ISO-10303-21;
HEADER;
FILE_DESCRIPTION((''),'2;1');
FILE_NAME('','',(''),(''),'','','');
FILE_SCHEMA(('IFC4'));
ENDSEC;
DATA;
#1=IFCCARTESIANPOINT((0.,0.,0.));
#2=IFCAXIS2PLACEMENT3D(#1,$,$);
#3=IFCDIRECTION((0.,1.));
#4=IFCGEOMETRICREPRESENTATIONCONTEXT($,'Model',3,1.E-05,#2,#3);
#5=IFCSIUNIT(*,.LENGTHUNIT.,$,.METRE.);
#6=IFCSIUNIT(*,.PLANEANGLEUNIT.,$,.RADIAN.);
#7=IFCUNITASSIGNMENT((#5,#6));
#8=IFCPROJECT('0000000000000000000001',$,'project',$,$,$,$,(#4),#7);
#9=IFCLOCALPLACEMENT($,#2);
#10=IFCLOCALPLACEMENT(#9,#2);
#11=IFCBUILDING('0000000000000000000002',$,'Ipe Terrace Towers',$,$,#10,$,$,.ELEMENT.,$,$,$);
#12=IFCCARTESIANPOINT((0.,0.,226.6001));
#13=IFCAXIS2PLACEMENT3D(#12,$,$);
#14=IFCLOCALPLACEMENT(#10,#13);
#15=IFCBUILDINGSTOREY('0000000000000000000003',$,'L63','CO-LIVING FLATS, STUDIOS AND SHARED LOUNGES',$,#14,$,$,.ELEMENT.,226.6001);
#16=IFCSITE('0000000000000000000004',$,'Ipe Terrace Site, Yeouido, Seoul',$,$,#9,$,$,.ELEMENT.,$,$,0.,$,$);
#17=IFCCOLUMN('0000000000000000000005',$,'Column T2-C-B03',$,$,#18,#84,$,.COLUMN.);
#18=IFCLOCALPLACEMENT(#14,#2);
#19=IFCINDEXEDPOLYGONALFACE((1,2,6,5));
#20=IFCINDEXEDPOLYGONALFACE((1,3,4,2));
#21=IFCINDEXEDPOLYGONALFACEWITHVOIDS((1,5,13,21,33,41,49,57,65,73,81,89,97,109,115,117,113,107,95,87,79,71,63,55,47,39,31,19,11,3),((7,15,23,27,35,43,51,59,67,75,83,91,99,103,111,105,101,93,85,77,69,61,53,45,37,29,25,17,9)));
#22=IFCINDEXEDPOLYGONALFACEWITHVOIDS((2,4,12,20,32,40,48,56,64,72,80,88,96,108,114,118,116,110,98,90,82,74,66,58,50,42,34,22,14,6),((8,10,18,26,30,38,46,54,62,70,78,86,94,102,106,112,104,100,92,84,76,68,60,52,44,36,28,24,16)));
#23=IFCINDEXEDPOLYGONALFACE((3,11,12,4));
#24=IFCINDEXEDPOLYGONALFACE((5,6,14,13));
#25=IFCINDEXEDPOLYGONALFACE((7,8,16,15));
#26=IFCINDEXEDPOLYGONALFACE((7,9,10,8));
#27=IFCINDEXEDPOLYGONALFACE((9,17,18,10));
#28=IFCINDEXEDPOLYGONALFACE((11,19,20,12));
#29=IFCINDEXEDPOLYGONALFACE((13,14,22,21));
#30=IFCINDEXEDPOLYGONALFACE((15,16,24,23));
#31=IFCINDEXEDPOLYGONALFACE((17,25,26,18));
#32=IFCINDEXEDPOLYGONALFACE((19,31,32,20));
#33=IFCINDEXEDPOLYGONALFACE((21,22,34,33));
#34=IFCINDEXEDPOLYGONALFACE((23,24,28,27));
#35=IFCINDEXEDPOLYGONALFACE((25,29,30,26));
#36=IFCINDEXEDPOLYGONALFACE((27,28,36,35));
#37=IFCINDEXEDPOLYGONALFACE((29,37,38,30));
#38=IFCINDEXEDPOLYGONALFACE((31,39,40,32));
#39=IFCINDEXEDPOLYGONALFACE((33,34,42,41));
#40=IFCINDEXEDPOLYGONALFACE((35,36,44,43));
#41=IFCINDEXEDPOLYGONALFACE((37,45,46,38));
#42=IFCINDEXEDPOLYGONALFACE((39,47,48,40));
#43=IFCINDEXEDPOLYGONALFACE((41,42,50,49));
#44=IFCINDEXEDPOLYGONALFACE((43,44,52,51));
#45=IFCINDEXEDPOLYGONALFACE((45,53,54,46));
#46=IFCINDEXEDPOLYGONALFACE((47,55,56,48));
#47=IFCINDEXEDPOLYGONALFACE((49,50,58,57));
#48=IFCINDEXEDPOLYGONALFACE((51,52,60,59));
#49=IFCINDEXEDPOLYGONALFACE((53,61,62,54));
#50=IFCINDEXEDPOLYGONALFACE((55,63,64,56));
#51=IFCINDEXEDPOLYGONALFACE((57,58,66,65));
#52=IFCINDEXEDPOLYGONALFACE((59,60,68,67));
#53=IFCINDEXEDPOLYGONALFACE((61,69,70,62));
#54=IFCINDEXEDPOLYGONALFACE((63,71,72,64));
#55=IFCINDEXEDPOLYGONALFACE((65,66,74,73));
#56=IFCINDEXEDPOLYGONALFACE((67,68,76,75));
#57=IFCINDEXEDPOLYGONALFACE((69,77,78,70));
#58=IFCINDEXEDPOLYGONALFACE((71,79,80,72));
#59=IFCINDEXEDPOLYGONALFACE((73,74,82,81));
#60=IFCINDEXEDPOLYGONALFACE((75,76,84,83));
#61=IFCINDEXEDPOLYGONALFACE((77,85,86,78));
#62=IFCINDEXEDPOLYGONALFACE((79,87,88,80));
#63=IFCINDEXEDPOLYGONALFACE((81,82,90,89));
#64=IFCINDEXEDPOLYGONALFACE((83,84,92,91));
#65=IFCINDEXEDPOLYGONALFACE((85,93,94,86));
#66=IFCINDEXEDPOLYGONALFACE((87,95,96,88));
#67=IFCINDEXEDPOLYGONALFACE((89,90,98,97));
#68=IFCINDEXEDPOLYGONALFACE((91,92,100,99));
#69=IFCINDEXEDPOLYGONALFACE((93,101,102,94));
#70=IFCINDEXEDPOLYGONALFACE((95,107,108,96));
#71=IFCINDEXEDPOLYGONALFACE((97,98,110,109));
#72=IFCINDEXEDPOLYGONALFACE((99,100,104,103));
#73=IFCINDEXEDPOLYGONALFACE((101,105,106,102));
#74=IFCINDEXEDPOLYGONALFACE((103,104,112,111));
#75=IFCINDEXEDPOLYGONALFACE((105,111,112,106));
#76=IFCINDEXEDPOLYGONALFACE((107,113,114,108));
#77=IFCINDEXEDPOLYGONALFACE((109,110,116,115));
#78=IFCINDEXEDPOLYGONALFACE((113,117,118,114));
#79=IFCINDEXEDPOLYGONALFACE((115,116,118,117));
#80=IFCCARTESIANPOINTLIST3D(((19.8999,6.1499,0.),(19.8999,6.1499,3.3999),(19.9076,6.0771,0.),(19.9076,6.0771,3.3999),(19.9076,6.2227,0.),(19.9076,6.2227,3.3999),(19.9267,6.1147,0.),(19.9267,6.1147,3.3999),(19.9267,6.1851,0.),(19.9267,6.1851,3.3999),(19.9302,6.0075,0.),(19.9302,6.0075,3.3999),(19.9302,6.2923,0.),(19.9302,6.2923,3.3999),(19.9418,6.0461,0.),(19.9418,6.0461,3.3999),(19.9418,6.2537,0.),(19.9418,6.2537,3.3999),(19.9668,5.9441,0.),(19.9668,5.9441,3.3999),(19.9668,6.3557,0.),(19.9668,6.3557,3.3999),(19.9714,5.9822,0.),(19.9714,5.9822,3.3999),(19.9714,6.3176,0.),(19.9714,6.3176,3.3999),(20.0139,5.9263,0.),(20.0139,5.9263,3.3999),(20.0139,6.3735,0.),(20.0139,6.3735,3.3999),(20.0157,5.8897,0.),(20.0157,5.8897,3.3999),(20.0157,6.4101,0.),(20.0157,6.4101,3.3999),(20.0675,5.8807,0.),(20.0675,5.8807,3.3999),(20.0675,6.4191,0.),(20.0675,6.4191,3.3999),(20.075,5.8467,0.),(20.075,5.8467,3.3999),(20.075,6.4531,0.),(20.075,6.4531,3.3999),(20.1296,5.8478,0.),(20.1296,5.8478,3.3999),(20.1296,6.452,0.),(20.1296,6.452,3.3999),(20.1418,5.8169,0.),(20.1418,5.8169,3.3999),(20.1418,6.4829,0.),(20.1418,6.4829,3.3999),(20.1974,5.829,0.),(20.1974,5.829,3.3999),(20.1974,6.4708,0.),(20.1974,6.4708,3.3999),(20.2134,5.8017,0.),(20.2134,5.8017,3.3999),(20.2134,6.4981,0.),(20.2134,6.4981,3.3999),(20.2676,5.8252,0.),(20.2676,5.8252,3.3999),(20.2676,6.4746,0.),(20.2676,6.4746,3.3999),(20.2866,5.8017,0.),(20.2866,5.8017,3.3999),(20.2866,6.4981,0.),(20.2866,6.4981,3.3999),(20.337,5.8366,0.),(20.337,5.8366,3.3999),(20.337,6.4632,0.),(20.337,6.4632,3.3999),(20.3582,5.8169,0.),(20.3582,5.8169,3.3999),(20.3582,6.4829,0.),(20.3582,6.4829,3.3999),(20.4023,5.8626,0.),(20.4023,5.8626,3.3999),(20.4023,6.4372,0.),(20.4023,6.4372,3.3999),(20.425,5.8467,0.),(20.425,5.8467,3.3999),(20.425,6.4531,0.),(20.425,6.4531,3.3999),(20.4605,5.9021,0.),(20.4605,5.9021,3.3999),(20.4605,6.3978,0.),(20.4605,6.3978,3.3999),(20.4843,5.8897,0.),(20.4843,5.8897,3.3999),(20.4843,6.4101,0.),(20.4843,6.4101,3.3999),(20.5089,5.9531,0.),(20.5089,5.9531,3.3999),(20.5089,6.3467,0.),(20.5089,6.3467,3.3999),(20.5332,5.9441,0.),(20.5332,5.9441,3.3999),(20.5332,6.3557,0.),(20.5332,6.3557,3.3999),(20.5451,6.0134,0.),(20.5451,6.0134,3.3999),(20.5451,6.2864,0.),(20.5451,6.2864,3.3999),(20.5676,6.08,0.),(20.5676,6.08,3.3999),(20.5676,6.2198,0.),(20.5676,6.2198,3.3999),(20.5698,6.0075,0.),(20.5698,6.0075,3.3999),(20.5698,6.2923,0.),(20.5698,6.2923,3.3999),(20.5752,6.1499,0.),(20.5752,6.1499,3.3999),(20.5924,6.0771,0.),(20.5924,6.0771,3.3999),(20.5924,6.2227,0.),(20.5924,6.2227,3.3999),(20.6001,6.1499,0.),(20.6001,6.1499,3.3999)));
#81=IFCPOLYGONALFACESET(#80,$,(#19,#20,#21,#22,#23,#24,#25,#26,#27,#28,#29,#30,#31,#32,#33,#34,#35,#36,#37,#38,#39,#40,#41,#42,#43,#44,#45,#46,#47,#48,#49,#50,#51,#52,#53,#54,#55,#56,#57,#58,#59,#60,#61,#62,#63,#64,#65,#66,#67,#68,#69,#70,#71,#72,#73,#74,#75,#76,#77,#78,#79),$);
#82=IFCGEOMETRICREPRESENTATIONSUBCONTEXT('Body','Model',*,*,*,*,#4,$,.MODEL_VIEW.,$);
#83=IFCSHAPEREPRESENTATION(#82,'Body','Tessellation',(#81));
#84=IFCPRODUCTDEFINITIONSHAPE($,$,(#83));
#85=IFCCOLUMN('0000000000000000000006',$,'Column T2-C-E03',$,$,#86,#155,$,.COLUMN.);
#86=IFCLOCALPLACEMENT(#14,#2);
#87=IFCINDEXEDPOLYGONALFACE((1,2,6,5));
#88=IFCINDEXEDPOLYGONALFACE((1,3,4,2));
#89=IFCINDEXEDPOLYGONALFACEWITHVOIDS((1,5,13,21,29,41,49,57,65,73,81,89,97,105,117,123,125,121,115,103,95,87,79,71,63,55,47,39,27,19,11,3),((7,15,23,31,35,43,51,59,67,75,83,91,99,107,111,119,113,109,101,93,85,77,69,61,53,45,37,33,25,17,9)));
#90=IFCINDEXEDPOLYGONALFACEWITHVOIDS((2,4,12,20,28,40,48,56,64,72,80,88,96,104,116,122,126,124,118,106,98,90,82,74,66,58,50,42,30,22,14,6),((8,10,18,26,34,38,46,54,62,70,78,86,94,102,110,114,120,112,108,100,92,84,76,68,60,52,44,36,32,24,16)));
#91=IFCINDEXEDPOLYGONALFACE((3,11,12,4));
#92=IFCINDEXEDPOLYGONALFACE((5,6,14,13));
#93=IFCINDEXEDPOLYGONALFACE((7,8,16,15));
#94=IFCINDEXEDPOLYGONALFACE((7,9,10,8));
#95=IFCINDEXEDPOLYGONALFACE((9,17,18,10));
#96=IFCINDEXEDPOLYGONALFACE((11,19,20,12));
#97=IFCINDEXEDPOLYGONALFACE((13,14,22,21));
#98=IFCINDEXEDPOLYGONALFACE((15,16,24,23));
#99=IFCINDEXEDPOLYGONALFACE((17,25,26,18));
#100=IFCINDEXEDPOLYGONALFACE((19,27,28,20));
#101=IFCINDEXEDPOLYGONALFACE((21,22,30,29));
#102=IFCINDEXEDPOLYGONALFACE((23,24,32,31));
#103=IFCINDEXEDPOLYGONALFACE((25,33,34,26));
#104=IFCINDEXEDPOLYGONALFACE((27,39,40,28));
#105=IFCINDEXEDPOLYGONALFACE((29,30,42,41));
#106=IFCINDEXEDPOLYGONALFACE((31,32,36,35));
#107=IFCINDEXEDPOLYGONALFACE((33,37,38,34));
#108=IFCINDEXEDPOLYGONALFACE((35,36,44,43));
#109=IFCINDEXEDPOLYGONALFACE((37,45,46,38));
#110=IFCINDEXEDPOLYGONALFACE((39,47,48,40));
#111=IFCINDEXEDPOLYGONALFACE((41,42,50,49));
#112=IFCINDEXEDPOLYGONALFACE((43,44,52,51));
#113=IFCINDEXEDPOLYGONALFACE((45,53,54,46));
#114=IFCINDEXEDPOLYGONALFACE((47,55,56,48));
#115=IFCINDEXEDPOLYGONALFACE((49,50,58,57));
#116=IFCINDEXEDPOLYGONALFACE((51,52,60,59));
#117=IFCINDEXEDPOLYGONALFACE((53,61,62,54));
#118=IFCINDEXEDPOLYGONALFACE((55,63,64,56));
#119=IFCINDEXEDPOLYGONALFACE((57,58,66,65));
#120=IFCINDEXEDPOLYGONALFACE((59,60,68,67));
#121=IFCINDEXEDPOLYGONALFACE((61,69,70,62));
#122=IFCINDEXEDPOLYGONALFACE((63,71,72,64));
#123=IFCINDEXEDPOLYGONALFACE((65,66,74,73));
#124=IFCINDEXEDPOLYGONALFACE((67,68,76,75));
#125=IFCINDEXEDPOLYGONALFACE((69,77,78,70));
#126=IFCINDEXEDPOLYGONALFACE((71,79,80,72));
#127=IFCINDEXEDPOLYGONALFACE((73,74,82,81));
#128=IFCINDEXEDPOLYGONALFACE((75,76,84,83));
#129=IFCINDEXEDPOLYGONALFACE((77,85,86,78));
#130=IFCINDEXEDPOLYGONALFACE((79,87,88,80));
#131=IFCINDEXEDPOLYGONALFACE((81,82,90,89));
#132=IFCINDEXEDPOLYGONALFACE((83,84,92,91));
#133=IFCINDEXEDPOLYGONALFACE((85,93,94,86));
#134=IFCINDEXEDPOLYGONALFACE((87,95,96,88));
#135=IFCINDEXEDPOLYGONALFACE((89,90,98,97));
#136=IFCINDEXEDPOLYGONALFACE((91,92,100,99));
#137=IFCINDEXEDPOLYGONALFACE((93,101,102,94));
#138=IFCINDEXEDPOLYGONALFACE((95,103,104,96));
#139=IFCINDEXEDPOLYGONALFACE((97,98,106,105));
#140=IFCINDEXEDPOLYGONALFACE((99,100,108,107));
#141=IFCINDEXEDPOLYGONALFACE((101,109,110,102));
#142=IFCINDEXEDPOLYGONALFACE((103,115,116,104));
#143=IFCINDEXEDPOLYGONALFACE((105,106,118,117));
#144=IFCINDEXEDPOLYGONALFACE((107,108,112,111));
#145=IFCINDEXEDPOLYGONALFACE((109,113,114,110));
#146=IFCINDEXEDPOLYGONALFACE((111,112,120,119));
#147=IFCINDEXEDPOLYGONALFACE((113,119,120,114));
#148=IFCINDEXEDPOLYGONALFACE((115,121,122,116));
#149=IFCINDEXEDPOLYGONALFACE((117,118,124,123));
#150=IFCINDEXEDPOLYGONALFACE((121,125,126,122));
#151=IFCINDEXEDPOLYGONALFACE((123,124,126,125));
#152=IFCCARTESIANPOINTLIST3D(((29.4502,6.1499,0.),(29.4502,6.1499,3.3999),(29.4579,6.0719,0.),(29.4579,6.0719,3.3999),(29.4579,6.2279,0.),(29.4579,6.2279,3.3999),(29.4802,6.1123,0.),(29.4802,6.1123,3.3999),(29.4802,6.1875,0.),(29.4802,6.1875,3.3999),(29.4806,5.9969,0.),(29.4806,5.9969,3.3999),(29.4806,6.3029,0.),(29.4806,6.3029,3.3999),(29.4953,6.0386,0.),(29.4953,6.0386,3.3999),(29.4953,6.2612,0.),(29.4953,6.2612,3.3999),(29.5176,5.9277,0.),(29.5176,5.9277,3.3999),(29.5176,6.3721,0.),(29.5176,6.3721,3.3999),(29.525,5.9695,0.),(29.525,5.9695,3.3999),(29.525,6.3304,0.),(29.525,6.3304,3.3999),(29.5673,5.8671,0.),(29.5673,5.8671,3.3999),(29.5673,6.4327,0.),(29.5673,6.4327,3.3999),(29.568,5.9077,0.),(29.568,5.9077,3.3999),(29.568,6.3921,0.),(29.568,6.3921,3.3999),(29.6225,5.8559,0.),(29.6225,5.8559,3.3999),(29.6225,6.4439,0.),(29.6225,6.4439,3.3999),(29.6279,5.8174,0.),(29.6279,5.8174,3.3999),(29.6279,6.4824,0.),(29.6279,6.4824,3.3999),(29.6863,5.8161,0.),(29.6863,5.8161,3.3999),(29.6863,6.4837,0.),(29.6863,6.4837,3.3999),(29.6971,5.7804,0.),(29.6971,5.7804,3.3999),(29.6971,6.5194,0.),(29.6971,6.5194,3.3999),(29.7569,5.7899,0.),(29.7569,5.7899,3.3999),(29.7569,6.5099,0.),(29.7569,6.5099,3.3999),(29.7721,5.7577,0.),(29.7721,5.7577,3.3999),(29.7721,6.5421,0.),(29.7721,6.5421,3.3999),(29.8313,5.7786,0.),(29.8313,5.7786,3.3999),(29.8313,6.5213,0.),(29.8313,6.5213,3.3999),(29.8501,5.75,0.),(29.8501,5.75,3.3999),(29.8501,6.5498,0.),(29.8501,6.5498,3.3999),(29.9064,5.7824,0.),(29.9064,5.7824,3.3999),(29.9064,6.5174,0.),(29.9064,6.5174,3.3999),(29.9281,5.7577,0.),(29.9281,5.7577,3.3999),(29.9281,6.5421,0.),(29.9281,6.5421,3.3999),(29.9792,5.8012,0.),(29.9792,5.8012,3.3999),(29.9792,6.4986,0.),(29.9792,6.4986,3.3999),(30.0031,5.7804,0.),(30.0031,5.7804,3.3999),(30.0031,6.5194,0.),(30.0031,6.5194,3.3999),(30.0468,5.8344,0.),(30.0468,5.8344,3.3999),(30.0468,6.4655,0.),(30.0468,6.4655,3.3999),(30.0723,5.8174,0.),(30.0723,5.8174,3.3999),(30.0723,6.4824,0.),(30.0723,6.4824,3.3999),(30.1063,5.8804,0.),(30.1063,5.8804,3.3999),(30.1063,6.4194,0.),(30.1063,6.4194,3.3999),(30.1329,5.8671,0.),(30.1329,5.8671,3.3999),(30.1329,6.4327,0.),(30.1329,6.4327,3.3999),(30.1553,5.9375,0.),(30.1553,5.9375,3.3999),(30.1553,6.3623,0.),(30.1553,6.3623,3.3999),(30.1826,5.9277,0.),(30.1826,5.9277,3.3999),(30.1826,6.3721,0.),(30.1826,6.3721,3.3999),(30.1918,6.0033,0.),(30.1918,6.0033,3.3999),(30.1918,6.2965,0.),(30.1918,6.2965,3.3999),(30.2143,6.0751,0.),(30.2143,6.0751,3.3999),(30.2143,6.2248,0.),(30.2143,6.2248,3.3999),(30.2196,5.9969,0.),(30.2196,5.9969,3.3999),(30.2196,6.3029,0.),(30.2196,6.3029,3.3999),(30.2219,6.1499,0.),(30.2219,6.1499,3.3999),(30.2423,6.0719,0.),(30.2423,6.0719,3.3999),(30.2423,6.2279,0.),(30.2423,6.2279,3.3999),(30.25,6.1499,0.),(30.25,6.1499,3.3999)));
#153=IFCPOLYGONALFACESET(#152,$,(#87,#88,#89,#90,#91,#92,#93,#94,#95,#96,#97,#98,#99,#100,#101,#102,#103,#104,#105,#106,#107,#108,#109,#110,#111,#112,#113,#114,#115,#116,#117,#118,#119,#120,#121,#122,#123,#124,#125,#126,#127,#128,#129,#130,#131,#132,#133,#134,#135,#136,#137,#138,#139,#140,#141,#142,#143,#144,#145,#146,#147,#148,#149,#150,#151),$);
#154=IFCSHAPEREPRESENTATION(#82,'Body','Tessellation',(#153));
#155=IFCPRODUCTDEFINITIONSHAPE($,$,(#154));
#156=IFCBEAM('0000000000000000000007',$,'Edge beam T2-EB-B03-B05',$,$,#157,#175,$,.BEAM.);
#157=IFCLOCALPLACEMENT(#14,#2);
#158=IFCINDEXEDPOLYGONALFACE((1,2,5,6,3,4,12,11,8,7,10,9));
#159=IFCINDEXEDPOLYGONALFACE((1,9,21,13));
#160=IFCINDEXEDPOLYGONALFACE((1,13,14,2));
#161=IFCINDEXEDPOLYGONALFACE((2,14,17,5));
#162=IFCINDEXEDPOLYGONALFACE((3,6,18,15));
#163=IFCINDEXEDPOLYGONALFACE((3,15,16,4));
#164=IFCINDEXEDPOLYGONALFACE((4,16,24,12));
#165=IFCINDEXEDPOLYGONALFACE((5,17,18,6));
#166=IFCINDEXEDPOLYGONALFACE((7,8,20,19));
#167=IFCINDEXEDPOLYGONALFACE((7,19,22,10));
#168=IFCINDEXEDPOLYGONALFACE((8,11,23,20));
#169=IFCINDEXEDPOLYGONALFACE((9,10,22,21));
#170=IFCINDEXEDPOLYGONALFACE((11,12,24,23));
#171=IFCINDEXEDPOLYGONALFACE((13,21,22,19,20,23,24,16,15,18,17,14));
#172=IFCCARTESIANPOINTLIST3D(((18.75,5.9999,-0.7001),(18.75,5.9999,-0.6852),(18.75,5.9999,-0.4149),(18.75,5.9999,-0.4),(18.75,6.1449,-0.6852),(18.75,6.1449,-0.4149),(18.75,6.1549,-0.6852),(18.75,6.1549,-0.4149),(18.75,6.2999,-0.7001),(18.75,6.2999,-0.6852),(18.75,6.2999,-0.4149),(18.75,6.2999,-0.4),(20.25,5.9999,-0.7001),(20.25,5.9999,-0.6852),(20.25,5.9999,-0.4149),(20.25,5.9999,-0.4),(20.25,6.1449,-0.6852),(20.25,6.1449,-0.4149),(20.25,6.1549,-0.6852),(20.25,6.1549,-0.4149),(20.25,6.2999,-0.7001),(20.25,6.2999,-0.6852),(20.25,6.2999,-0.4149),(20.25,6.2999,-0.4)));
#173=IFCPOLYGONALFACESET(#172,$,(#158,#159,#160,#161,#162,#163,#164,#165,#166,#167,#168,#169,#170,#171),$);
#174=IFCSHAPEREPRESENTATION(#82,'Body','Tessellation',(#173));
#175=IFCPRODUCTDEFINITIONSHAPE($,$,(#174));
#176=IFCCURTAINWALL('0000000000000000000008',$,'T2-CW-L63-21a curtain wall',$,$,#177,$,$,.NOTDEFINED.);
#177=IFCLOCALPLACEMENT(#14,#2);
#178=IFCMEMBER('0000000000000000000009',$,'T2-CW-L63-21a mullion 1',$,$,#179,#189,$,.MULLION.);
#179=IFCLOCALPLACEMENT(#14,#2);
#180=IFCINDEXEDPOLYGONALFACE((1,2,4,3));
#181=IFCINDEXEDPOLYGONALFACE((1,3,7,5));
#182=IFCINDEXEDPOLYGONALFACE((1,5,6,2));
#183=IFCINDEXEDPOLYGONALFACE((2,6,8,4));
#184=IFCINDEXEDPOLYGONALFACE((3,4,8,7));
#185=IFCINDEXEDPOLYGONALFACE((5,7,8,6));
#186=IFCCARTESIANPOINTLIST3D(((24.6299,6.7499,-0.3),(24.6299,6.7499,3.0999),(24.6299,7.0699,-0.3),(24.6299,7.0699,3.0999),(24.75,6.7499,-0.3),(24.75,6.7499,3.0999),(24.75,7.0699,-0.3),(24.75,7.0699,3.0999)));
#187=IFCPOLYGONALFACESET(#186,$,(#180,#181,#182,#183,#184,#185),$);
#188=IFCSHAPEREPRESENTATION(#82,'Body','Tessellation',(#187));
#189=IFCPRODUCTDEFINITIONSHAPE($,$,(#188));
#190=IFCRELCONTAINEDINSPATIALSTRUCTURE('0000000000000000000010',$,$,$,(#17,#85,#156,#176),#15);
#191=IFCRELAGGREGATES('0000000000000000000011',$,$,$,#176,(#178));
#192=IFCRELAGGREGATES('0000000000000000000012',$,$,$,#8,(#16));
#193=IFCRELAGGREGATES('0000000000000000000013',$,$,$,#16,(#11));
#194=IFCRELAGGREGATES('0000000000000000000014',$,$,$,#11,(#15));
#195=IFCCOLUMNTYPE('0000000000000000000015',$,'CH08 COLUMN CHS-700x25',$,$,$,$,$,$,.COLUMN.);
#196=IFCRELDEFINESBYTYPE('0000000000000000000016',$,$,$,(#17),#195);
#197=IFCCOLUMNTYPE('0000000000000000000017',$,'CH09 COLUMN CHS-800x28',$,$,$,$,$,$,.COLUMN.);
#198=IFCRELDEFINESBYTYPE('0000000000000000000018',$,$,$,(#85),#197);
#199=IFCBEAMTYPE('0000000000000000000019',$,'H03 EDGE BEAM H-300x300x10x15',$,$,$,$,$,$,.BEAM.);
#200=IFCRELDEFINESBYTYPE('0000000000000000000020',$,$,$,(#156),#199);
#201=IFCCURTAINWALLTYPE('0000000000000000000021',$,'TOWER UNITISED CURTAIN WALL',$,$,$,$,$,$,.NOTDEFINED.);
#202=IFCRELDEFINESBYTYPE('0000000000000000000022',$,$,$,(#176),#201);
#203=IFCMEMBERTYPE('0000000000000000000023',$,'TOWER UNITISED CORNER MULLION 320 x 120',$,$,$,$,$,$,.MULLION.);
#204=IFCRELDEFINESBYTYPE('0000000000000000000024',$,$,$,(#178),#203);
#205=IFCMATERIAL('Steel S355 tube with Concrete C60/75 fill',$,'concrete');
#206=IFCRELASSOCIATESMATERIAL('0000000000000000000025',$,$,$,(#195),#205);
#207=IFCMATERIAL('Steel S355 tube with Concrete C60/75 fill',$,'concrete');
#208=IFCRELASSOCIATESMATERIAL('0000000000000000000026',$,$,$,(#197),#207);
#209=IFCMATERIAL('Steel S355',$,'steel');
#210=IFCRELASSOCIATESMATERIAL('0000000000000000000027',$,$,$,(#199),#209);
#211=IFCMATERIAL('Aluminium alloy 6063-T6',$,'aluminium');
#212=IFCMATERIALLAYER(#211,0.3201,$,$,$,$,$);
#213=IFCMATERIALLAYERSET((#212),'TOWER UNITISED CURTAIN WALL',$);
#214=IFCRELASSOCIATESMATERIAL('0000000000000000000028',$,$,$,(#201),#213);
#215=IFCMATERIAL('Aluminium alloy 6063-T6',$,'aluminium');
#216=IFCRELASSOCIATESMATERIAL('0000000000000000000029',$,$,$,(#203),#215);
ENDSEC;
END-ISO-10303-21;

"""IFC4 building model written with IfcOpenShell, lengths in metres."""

from ifc_helpers import new_model, si_unit, direction, frame, origin, origin_2d, place, context, subcontext, project, spatial, rectangle, hollow_circle, i_section, extrude, material, layer, layer_set, material_profile, profile_set, type_object, element, aggregate, save


model = new_model("IFC4")

# Units and contexts
model_context = context("Model", 3, precision=1e-05, world=origin(), true_north=direction((0.0, 1.0)))
body_context = subcontext(model_context, "Body", "Model", "MODEL_VIEW")
ifc_project = project(units=[si_unit("LENGTHUNIT", "METRE"), si_unit("PLANEANGLEUNIT", "RADIAN")], contexts=[model_context])

# Site, building, storey
site_placement = place(None, origin())
site = spatial("IfcSite", under=ifc_project, at=site_placement, Name="Ipe Terrace Site, Yeouido, Seoul", CompositionType="ELEMENT", RefElevation=0.0)
building_placement = place(site_placement, origin())
building = spatial("IfcBuilding", under=site, at=building_placement, Name="Ipe Terrace Towers", CompositionType="ELEMENT")
storey_placement = place(building_placement, frame((0.0, 0.0, 226.6001)))
storey = spatial("IfcBuildingStorey", under=building, at=storey_placement, Name="L63", Description="CO-LIVING FLATS, STUDIOS AND SHARED LOUNGES", CompositionType="ELEMENT", Elevation=226.6001)

# Columns
ifc_material_1 = material(Name="Steel S355 tube with Concrete C60/75 fill", Category="concrete")
ifc_material_profile_1 = material_profile(ifc_material_1, hollow_circle(Radius=0.3501, WallThickness=0.0249, at=origin_2d()), Name="CHS-700x25")
ifc_profile_set_1 = profile_set([ifc_material_profile_1], Name="Steel S355 tube with Concrete C60/75 fill")
column_type_1 = type_object("IfcColumnType", Name="CH08 COLUMN CHS-700x25", PredefinedType="COLUMN", material=ifc_profile_set_1)
column_1_placement = place(storey_placement, frame((20.25, 6.1499, 0.0), z_axis=(0.0, 0.0, 1.0), x_axis=(1.0, 0.0, 0.0)))
element("IfcColumn", 1, at=column_1_placement, inside=storey, type_object=column_type_1, Name="Column T2-C-B03", PredefinedType="COLUMN", context=body_context, shape_type="SweptSolid", body=[
    extrude(hollow_circle(Radius=0.3501, WallThickness=0.0249, at=origin_2d()), origin(), (0.0, 0.0, 1.0), 3.3999),
])
ifc_material_2 = material(Name="Steel S355 tube with Concrete C60/75 fill", Category="concrete")
ifc_material_profile_2 = material_profile(ifc_material_2, hollow_circle(Radius=0.3999, WallThickness=0.0281, at=origin_2d()), Name="CHS-800x28")
ifc_profile_set_2 = profile_set([ifc_material_profile_2], Name="Steel S355 tube with Concrete C60/75 fill")
column_type_2 = type_object("IfcColumnType", Name="CH09 COLUMN CHS-800x28", PredefinedType="COLUMN", material=ifc_profile_set_2)
column_2_placement = place(storey_placement, frame((29.8501, 6.1499, 0.0), z_axis=(0.0, 0.0, 1.0), x_axis=(1.0, 0.0, 0.0)))
element("IfcColumn", 2, at=column_2_placement, inside=storey, type_object=column_type_2, Name="Column T2-C-E03", PredefinedType="COLUMN", context=body_context, shape_type="SweptSolid", body=[
    extrude(hollow_circle(Radius=0.3999, WallThickness=0.0281, at=origin_2d()), origin(), (0.0, 0.0, 1.0), 3.3999),
])

# Beam
ifc_material_3 = material(Name="Steel S355", Category="steel")
ifc_material_profile_3 = material_profile(ifc_material_3, i_section(OverallWidth=0.3, OverallDepth=0.3, WebThickness=0.01, FlangeThickness=0.0149, at=origin_2d()), Name="H-300x300x10x15")
ifc_profile_set_3 = profile_set([ifc_material_profile_3], Name="Steel S355")
beam_type = type_object("IfcBeamType", Name="H03 EDGE BEAM H-300x300x10x15", PredefinedType="BEAM", material=ifc_profile_set_3)
beam_placement = place(storey_placement, frame((20.25, 6.1499, -0.55), z_axis=(-1.0, 0.0, 0.0), x_axis=(0.0, -1.0, 0.0)))
element("IfcBeam", 3, at=beam_placement, inside=storey, type_object=beam_type, Name="Edge beam T2-EB-B03-B05", PredefinedType="BEAM", context=body_context, shape_type="SweptSolid", body=[
    extrude(i_section(OverallWidth=0.3, OverallDepth=0.3, WebThickness=0.01, FlangeThickness=0.0149, at=origin_2d()), origin(), (0.0, 0.0, 1.0), 1.5),
])

# Curtain wall, member
ifc_material_4 = material(Name="Aluminium alloy 6063-T6", Category="aluminium")
ifc_layer_1 = layer(ifc_material_4, 0.3201)
ifc_layer_set_1 = layer_set([ifc_layer_1], Name="TOWER UNITISED CURTAIN WALL")
curtain_wall_type = type_object("IfcCurtainWallType", Name="TOWER UNITISED CURTAIN WALL", PredefinedType="NOTDEFINED", material=ifc_layer_set_1)
curtain_wall_placement = place(storey_placement, origin())
curtain_wall = element("IfcCurtainWall", 4, at=curtain_wall_placement, inside=storey, type_object=curtain_wall_type, Name="T2-CW-L63-21a curtain wall", PredefinedType="NOTDEFINED")
ifc_material_5 = material(Name="Aluminium alloy 6063-T6", Category="aluminium")
ifc_material_profile_4 = material_profile(ifc_material_5, rectangle(XDim=0.3201, YDim=0.1201, at=origin_2d()), Name="TOWER UNITISED CORNER MULLION 320 x 120")
ifc_profile_set_4 = profile_set([ifc_material_profile_4], Name="Aluminium alloy 6063-T6")
member_type = type_object("IfcMemberType", Name="TOWER UNITISED CORNER MULLION 320 x 120", PredefinedType="MULLION", material=ifc_profile_set_4)
member_1_placement = place(storey_placement, frame((24.6899, 6.9099, -0.3), z_axis=(0.0, 0.0, 1.0), x_axis=(0.0, 1.0, 0.0)))
member_1 = element("IfcMember", 5, at=member_1_placement, type_object=member_type, Name="T2-CW-L63-21a mullion 1", PredefinedType="MULLION", context=body_context, shape_type="SweptSolid", body=[
    extrude(rectangle(XDim=0.3201, YDim=0.1201, at=origin_2d()), origin(), (0.0, 0.0, 1.0), 3.3999),
])
aggregate(curtain_wall, [member_1])

save(model, "model.ifc")
